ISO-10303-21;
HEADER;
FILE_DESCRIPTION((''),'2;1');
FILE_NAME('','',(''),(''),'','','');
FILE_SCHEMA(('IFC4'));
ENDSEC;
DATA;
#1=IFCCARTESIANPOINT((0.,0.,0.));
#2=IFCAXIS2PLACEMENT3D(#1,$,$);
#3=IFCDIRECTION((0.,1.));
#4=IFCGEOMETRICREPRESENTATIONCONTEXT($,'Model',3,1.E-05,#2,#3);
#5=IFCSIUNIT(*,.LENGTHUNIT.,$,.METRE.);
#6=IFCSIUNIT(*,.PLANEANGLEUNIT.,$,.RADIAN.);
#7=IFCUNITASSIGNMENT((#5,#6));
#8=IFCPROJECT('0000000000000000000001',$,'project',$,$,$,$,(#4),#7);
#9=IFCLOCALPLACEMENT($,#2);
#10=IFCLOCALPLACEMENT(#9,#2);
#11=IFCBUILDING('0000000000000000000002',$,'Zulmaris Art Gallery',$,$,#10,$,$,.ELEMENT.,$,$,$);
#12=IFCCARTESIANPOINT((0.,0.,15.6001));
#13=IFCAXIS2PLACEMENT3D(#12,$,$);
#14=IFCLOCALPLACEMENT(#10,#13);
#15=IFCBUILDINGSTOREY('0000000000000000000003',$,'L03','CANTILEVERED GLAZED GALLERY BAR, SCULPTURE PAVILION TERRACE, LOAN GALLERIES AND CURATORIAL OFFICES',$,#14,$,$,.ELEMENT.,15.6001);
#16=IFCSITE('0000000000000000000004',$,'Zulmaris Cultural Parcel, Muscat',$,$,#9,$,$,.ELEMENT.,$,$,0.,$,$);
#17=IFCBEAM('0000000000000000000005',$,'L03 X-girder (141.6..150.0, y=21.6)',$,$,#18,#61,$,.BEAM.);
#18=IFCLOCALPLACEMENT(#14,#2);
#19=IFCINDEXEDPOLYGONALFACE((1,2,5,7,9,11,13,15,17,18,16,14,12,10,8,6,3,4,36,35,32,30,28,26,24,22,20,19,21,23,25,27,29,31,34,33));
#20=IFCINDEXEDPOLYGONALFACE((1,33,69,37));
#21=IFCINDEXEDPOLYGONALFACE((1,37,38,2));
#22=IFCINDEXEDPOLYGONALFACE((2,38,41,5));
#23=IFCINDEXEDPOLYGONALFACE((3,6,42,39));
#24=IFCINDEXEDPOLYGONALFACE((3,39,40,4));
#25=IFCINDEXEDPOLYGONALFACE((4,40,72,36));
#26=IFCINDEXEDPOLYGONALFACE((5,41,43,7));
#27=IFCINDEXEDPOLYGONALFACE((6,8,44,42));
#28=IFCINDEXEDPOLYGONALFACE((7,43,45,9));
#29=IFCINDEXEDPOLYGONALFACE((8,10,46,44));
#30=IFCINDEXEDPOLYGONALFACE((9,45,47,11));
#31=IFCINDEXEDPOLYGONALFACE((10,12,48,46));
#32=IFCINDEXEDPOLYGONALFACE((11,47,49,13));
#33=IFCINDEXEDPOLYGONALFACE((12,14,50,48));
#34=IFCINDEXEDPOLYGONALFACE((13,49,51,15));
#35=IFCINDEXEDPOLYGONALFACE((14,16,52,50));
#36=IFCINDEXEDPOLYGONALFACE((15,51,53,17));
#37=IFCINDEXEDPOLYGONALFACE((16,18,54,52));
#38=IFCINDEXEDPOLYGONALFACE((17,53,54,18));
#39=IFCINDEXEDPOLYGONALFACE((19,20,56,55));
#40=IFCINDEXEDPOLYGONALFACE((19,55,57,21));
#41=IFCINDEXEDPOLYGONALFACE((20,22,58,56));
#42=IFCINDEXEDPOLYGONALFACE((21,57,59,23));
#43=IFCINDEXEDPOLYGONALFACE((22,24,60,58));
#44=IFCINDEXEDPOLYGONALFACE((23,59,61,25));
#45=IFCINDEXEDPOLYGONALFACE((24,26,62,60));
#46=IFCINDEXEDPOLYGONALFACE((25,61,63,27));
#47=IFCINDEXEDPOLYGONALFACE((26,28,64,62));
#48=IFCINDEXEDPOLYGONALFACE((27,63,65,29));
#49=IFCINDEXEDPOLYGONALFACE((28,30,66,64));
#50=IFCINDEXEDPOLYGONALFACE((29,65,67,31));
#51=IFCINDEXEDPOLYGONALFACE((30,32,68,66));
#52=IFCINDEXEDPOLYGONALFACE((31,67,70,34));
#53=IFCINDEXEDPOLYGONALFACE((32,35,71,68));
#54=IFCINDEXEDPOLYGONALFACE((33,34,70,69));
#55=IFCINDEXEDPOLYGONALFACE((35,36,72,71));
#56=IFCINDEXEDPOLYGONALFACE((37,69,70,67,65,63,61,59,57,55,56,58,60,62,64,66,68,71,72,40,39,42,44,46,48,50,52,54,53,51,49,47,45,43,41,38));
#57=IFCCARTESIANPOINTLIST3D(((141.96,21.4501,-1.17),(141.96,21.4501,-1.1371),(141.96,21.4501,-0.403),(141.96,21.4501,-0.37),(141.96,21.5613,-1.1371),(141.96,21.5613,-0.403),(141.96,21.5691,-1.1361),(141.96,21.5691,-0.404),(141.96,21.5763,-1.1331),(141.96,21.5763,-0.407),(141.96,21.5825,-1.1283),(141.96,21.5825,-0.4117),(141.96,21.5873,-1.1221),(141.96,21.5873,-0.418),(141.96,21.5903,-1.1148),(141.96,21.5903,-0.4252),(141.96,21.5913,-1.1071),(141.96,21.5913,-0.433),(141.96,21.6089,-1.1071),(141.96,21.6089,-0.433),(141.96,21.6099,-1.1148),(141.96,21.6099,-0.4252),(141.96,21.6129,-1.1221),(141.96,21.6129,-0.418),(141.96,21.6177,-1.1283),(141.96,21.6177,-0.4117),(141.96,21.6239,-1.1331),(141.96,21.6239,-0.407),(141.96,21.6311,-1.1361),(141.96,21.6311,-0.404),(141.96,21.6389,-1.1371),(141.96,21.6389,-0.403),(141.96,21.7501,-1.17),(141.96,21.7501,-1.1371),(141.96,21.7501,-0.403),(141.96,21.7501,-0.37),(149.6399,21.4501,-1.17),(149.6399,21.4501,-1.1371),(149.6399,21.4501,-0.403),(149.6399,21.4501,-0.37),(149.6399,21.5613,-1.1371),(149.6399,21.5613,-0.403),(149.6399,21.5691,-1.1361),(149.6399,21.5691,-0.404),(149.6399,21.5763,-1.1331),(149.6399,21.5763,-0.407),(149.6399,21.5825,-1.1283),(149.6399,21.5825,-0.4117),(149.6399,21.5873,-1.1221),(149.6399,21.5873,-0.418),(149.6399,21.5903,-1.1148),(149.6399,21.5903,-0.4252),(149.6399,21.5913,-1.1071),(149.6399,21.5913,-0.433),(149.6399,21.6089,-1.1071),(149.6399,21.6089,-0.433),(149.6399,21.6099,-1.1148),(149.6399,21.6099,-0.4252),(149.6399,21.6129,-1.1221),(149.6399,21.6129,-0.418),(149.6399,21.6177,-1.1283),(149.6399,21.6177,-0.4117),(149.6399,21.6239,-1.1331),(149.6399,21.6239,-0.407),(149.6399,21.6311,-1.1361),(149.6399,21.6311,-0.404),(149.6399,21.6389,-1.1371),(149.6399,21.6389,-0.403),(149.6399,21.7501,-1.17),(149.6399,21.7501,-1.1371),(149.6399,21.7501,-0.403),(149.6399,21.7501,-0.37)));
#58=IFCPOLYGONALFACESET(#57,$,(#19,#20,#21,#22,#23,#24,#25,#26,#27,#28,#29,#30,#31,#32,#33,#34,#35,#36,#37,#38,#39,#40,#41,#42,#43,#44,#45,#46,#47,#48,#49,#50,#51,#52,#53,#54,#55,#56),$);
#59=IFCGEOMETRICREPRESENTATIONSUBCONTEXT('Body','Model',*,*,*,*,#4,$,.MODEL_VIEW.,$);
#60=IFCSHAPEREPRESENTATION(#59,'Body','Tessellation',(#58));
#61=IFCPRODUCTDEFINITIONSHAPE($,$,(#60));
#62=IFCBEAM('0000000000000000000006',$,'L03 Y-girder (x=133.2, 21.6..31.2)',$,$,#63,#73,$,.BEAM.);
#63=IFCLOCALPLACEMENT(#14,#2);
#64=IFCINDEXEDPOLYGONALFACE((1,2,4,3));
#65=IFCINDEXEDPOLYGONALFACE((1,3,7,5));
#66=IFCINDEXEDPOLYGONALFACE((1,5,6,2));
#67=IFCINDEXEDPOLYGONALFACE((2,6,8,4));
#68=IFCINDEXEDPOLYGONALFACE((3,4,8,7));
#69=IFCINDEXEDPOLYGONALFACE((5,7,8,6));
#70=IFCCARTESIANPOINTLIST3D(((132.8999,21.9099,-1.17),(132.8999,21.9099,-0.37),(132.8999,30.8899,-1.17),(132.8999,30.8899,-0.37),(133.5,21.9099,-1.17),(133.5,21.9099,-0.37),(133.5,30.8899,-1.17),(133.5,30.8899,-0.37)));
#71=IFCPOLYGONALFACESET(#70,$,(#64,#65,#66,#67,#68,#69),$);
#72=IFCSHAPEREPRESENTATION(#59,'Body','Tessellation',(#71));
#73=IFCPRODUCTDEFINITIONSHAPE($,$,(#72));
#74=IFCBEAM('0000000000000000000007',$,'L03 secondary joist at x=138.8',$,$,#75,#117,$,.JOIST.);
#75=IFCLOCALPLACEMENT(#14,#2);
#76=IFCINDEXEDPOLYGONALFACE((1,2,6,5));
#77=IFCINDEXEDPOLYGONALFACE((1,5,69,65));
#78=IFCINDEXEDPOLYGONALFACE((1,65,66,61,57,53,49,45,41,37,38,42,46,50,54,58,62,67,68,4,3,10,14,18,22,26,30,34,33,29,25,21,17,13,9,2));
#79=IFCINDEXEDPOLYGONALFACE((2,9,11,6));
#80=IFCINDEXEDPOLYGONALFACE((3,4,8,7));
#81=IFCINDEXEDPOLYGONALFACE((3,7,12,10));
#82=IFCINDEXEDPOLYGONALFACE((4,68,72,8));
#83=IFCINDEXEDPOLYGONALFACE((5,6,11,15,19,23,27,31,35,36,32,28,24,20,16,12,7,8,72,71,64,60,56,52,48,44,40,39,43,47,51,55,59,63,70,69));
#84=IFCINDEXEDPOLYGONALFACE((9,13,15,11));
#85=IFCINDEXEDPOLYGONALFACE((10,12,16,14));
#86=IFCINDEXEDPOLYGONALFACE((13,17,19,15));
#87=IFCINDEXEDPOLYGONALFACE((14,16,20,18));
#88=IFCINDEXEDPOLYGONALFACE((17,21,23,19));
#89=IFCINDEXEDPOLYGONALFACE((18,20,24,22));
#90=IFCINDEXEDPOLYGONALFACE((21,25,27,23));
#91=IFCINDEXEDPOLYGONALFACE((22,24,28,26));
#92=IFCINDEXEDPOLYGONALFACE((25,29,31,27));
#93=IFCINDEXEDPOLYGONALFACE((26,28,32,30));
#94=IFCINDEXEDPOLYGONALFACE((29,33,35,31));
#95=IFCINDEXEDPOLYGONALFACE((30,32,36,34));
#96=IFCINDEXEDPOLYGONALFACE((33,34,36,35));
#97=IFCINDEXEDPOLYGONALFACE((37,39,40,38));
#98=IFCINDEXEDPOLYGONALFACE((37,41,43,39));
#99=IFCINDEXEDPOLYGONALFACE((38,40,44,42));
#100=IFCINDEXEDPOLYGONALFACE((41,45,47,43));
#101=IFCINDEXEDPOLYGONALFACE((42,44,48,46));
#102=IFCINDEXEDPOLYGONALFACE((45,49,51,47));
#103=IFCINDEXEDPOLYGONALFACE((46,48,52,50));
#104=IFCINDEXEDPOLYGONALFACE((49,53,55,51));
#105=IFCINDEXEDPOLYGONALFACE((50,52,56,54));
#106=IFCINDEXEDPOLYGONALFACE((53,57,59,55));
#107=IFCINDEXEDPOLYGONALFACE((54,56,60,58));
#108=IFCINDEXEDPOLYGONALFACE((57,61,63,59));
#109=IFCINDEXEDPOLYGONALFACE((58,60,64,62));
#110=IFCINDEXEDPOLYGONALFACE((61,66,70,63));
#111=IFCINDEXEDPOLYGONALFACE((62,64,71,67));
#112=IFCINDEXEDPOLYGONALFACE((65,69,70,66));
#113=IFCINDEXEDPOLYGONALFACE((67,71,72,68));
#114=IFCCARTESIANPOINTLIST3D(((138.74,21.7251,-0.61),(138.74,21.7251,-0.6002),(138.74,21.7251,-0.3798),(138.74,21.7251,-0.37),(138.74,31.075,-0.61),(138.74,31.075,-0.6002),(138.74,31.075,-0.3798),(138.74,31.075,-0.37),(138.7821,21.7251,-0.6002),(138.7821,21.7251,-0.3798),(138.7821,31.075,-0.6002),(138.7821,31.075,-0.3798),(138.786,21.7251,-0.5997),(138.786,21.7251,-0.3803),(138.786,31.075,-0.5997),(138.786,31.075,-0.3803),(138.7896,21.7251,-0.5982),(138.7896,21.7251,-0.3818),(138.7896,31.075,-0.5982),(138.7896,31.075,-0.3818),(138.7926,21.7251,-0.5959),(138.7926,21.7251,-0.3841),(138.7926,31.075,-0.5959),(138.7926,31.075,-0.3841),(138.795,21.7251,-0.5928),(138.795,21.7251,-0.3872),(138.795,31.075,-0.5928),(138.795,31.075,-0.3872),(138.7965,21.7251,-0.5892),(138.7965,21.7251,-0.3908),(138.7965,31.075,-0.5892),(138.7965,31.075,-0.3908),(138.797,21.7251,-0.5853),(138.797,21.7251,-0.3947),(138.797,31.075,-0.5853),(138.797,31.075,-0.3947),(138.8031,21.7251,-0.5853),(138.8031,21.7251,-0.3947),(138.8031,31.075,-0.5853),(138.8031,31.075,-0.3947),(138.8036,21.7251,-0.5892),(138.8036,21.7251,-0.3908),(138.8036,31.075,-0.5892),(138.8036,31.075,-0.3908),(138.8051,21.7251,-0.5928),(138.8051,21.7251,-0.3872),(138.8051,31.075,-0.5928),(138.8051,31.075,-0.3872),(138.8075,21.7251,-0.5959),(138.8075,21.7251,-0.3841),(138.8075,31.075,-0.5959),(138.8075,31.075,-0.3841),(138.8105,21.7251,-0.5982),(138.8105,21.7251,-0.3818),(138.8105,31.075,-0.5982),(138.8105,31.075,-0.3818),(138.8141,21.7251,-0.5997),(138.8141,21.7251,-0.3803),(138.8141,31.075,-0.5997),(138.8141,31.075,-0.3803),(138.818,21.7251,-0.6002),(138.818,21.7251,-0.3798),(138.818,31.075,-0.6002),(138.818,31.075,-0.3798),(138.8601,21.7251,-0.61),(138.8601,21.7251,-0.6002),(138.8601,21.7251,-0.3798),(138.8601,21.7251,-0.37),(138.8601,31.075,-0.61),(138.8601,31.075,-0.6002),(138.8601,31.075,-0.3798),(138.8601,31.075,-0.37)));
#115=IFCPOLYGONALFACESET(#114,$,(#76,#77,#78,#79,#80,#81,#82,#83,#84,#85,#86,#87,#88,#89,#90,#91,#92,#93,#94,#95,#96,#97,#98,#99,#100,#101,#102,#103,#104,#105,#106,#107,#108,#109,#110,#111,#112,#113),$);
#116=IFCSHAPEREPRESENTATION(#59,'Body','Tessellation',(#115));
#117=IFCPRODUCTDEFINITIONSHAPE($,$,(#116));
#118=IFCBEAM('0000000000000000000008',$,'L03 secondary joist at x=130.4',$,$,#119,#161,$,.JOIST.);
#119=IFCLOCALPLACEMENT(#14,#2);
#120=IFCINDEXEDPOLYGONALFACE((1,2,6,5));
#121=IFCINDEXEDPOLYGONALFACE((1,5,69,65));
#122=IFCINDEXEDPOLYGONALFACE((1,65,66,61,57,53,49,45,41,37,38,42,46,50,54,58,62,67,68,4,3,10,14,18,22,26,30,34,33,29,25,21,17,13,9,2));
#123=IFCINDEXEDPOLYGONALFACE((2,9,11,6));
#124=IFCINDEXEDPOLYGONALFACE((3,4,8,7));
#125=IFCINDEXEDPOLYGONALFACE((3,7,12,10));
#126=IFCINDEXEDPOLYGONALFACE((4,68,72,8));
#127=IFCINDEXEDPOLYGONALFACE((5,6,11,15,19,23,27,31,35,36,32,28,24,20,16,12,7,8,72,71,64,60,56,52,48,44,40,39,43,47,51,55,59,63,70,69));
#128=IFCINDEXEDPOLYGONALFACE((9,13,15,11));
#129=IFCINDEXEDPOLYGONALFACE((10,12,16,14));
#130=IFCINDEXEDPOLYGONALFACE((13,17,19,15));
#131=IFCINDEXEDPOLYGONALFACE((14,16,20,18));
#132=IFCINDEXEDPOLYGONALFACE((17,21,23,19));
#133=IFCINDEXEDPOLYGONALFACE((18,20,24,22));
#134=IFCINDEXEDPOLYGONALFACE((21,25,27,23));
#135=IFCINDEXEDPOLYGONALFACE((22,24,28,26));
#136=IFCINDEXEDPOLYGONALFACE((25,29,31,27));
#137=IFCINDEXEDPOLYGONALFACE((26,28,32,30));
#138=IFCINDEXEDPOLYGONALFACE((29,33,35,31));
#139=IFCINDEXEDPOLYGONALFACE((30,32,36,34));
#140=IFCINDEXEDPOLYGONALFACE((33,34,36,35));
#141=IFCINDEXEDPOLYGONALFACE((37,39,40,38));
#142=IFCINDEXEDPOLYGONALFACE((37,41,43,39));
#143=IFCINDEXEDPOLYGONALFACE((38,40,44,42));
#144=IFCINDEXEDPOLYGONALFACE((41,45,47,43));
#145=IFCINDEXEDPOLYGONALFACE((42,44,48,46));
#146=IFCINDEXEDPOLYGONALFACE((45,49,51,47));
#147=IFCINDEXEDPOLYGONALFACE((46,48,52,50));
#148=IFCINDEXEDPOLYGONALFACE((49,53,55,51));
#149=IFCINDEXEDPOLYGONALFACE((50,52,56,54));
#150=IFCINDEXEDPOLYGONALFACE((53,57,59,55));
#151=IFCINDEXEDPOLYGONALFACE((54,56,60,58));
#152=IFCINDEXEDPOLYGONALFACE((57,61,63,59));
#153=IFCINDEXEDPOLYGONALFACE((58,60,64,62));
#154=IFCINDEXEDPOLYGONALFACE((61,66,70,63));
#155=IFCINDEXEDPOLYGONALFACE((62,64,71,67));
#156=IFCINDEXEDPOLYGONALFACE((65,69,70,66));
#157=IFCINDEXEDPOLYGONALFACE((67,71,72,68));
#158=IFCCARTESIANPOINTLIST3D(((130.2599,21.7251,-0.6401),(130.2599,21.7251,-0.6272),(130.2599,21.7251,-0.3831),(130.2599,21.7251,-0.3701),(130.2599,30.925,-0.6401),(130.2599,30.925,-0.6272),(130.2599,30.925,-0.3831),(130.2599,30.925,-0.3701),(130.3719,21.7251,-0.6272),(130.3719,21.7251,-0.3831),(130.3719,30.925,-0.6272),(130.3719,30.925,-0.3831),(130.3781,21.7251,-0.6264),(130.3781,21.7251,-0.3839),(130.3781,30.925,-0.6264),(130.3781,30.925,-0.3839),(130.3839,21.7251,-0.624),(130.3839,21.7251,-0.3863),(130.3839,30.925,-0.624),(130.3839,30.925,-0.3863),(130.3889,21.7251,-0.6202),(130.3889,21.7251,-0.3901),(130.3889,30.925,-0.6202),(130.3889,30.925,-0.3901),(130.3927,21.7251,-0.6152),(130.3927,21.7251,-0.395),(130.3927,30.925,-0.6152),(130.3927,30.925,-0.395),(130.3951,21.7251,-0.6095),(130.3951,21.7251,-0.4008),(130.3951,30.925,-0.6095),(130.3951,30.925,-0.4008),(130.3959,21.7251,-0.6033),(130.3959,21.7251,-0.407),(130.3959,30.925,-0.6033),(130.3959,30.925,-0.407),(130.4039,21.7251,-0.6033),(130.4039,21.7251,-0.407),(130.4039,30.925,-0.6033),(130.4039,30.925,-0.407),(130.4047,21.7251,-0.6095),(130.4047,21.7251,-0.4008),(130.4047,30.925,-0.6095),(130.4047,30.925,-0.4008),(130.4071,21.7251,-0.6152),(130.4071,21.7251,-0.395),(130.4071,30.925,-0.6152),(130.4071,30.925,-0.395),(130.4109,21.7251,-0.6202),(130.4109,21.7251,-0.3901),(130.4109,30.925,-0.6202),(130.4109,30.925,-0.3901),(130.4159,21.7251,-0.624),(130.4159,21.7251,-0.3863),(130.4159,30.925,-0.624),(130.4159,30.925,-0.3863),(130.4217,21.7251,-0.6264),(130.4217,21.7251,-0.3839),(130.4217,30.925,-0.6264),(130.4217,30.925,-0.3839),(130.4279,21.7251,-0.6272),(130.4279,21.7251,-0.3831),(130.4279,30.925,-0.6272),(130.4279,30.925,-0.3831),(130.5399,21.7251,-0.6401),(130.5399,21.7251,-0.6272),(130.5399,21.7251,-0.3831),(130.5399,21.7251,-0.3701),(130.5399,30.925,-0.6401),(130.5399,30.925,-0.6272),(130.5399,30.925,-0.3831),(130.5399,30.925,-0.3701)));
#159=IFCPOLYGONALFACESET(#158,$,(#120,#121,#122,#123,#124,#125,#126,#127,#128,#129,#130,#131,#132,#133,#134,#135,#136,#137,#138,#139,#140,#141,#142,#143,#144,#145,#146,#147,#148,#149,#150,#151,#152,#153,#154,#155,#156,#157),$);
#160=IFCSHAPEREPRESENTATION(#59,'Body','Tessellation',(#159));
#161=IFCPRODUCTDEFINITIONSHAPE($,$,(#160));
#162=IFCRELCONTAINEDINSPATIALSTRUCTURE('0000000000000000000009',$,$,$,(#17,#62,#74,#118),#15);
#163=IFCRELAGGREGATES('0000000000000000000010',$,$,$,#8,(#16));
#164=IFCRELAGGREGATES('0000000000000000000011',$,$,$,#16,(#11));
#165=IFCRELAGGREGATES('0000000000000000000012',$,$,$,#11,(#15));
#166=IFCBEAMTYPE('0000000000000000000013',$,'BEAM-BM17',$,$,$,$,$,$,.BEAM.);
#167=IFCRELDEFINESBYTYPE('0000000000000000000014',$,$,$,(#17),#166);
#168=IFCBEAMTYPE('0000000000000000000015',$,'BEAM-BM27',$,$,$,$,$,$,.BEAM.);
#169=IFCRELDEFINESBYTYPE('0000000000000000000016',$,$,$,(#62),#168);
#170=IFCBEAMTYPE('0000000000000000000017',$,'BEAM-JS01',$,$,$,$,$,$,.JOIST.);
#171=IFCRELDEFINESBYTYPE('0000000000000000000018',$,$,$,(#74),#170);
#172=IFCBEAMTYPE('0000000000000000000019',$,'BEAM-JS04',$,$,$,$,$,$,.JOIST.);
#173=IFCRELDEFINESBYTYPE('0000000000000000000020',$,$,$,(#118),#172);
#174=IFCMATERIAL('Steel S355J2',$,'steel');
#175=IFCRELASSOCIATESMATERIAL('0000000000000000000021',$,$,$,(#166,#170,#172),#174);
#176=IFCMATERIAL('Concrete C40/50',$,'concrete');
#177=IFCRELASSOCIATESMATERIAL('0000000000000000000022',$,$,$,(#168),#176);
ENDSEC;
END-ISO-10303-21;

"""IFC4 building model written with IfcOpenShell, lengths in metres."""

from ifc_helpers import new_model, si_unit, direction, frame, origin, origin_2d, place, context, subcontext, project, spatial, rectangle, i_section, extrude, material, material_profile, profile_set, type_object, element, save


model = new_model("IFC4")

# Units and contexts
model_context = context("Model", 3, precision=1e-05, world=origin(), true_north=direction((0.0, 1.0)))
body_context = subcontext(model_context, "Body", "Model", "MODEL_VIEW")
ifc_project = project(units=[si_unit("LENGTHUNIT", "METRE"), si_unit("PLANEANGLEUNIT", "RADIAN")], contexts=[model_context])

# Site, building, storey
site_placement = place(None, origin())
site = spatial("IfcSite", under=ifc_project, at=site_placement, Name="Zulmaris Cultural Parcel, Muscat", CompositionType="ELEMENT", RefElevation=0.0)
building_placement = place(site_placement, origin())
building = spatial("IfcBuilding", under=site, at=building_placement, Name="Zulmaris Art Gallery", CompositionType="ELEMENT")
storey_placement = place(building_placement, frame((0.0, 0.0, 15.6001)))
storey = spatial("IfcBuildingStorey", under=building, at=storey_placement, Name="L03", Description="CANTILEVERED GLAZED GALLERY BAR, SCULPTURE PAVILION TERRACE, LOAN GALLERIES AND CURATORIAL OFFICES", CompositionType="ELEMENT", Elevation=15.6001)

# Shared definitions
ifc_material_1 = material(Name="Concrete C40/50", Category="concrete")

# Beams
ifc_material_2 = material(Name="Steel S355J2", Category="steel")
ifc_material_profile_1 = material_profile(ifc_material_2, i_section(OverallWidth=0.3, OverallDepth=0.8, WebThickness=0.0176, FlangeThickness=0.033, FilletRadius=0.03, at=origin_2d()), Name="HEB 800")
ifc_profile_set_1 = profile_set([ifc_material_profile_1], Name="Steel S355J2")
beam_type_1 = type_object("IfcBeamType", Name="BEAM-BM17", PredefinedType="BEAM", material=ifc_profile_set_1)
beam_1_placement = place(storey_placement, frame((141.96, 21.6001, -0.77), z_axis=(1.0, 0.0, 0.0), x_axis=(0.0, 1.0, 0.0)))
element("IfcBeam", 1, at=beam_1_placement, inside=storey, type_object=beam_type_1, Name="L03 X-girder (141.6..150.0, y=21.6)", PredefinedType="BEAM", context=body_context, shape_type="SweptSolid", body=[
    extrude(i_section(OverallWidth=0.3, OverallDepth=0.8, WebThickness=0.0176, FlangeThickness=0.033, FilletRadius=0.03, at=origin_2d()), origin(), (0.0, 0.0, 1.0), 7.6799),
])
ifc_material_profile_2 = material_profile(ifc_material_1, rectangle(XDim=0.6001, YDim=0.8, at=origin_2d()), Name="RC 600x800")
ifc_profile_set_2 = profile_set([ifc_material_profile_2], Name="Concrete C40/50")
beam_type_2 = type_object("IfcBeamType", Name="BEAM-BM27", PredefinedType="BEAM", material=ifc_profile_set_2)
beam_2_placement = place(storey_placement, frame((133.2, 21.9099, -0.77), z_axis=(0.0, 1.0, 0.0), x_axis=(-1.0, 0.0, 0.0)))
element("IfcBeam", 2, at=beam_2_placement, inside=storey, type_object=beam_type_2, Name="L03 Y-girder (x=133.2, 21.6..31.2)", PredefinedType="BEAM", context=body_context, shape_type="SweptSolid", body=[
    extrude(rectangle(XDim=0.6001, YDim=0.8, at=origin_2d()), origin(), (0.0, 0.0, 1.0), 8.98),
])
ifc_material_profile_3 = material_profile(ifc_material_2, i_section(OverallWidth=0.1201, OverallDepth=0.24, WebThickness=0.0061, FlangeThickness=0.0098, FilletRadius=0.0149, at=origin_2d()), Name="IPE 240")
ifc_profile_set_3 = profile_set([ifc_material_profile_3], Name="Steel S355J2")
beam_type_3 = type_object("IfcBeamType", Name="BEAM-JS01", PredefinedType="JOIST", material=ifc_profile_set_3)
beam_3_placement = place(storey_placement, frame((138.8, 21.7251, -0.49), z_axis=(0.0, 1.0, 0.0), x_axis=(-1.0, 0.0, 0.0)))
element("IfcBeam", 3, at=beam_3_placement, inside=storey, type_object=beam_type_3, Name="L03 secondary joist at x=138.8", PredefinedType="JOIST", context=body_context, shape_type="SweptSolid", body=[
    extrude(i_section(OverallWidth=0.1201, OverallDepth=0.24, WebThickness=0.0061, FlangeThickness=0.0098, FilletRadius=0.0149, at=origin_2d()), origin(), (0.0, 0.0, 1.0), 9.3499),
])
ifc_material_profile_4 = material_profile(ifc_material_2, i_section(OverallWidth=0.28, OverallDepth=0.27, WebThickness=0.0081, FlangeThickness=0.0129, FilletRadius=0.0239, at=origin_2d()), Name="HEA 280")
ifc_profile_set_4 = profile_set([ifc_material_profile_4], Name="Steel S355J2")
beam_type_4 = type_object("IfcBeamType", Name="BEAM-JS04", PredefinedType="JOIST", material=ifc_profile_set_4)
beam_4_placement = place(storey_placement, frame((130.3999, 21.7251, -0.5051), z_axis=(0.0, 1.0, 0.0), x_axis=(-1.0, 0.0, 0.0)))
element("IfcBeam", 4, at=beam_4_placement, inside=storey, type_object=beam_type_4, Name="L03 secondary joist at x=130.4", PredefinedType="JOIST", context=body_context, shape_type="SweptSolid", body=[
    extrude(i_section(OverallWidth=0.28, OverallDepth=0.27, WebThickness=0.0081, FlangeThickness=0.0129, FilletRadius=0.0239, at=origin_2d()), origin(), (0.0, 0.0, 1.0), 9.2),
])

save(model, "model.ifc")
